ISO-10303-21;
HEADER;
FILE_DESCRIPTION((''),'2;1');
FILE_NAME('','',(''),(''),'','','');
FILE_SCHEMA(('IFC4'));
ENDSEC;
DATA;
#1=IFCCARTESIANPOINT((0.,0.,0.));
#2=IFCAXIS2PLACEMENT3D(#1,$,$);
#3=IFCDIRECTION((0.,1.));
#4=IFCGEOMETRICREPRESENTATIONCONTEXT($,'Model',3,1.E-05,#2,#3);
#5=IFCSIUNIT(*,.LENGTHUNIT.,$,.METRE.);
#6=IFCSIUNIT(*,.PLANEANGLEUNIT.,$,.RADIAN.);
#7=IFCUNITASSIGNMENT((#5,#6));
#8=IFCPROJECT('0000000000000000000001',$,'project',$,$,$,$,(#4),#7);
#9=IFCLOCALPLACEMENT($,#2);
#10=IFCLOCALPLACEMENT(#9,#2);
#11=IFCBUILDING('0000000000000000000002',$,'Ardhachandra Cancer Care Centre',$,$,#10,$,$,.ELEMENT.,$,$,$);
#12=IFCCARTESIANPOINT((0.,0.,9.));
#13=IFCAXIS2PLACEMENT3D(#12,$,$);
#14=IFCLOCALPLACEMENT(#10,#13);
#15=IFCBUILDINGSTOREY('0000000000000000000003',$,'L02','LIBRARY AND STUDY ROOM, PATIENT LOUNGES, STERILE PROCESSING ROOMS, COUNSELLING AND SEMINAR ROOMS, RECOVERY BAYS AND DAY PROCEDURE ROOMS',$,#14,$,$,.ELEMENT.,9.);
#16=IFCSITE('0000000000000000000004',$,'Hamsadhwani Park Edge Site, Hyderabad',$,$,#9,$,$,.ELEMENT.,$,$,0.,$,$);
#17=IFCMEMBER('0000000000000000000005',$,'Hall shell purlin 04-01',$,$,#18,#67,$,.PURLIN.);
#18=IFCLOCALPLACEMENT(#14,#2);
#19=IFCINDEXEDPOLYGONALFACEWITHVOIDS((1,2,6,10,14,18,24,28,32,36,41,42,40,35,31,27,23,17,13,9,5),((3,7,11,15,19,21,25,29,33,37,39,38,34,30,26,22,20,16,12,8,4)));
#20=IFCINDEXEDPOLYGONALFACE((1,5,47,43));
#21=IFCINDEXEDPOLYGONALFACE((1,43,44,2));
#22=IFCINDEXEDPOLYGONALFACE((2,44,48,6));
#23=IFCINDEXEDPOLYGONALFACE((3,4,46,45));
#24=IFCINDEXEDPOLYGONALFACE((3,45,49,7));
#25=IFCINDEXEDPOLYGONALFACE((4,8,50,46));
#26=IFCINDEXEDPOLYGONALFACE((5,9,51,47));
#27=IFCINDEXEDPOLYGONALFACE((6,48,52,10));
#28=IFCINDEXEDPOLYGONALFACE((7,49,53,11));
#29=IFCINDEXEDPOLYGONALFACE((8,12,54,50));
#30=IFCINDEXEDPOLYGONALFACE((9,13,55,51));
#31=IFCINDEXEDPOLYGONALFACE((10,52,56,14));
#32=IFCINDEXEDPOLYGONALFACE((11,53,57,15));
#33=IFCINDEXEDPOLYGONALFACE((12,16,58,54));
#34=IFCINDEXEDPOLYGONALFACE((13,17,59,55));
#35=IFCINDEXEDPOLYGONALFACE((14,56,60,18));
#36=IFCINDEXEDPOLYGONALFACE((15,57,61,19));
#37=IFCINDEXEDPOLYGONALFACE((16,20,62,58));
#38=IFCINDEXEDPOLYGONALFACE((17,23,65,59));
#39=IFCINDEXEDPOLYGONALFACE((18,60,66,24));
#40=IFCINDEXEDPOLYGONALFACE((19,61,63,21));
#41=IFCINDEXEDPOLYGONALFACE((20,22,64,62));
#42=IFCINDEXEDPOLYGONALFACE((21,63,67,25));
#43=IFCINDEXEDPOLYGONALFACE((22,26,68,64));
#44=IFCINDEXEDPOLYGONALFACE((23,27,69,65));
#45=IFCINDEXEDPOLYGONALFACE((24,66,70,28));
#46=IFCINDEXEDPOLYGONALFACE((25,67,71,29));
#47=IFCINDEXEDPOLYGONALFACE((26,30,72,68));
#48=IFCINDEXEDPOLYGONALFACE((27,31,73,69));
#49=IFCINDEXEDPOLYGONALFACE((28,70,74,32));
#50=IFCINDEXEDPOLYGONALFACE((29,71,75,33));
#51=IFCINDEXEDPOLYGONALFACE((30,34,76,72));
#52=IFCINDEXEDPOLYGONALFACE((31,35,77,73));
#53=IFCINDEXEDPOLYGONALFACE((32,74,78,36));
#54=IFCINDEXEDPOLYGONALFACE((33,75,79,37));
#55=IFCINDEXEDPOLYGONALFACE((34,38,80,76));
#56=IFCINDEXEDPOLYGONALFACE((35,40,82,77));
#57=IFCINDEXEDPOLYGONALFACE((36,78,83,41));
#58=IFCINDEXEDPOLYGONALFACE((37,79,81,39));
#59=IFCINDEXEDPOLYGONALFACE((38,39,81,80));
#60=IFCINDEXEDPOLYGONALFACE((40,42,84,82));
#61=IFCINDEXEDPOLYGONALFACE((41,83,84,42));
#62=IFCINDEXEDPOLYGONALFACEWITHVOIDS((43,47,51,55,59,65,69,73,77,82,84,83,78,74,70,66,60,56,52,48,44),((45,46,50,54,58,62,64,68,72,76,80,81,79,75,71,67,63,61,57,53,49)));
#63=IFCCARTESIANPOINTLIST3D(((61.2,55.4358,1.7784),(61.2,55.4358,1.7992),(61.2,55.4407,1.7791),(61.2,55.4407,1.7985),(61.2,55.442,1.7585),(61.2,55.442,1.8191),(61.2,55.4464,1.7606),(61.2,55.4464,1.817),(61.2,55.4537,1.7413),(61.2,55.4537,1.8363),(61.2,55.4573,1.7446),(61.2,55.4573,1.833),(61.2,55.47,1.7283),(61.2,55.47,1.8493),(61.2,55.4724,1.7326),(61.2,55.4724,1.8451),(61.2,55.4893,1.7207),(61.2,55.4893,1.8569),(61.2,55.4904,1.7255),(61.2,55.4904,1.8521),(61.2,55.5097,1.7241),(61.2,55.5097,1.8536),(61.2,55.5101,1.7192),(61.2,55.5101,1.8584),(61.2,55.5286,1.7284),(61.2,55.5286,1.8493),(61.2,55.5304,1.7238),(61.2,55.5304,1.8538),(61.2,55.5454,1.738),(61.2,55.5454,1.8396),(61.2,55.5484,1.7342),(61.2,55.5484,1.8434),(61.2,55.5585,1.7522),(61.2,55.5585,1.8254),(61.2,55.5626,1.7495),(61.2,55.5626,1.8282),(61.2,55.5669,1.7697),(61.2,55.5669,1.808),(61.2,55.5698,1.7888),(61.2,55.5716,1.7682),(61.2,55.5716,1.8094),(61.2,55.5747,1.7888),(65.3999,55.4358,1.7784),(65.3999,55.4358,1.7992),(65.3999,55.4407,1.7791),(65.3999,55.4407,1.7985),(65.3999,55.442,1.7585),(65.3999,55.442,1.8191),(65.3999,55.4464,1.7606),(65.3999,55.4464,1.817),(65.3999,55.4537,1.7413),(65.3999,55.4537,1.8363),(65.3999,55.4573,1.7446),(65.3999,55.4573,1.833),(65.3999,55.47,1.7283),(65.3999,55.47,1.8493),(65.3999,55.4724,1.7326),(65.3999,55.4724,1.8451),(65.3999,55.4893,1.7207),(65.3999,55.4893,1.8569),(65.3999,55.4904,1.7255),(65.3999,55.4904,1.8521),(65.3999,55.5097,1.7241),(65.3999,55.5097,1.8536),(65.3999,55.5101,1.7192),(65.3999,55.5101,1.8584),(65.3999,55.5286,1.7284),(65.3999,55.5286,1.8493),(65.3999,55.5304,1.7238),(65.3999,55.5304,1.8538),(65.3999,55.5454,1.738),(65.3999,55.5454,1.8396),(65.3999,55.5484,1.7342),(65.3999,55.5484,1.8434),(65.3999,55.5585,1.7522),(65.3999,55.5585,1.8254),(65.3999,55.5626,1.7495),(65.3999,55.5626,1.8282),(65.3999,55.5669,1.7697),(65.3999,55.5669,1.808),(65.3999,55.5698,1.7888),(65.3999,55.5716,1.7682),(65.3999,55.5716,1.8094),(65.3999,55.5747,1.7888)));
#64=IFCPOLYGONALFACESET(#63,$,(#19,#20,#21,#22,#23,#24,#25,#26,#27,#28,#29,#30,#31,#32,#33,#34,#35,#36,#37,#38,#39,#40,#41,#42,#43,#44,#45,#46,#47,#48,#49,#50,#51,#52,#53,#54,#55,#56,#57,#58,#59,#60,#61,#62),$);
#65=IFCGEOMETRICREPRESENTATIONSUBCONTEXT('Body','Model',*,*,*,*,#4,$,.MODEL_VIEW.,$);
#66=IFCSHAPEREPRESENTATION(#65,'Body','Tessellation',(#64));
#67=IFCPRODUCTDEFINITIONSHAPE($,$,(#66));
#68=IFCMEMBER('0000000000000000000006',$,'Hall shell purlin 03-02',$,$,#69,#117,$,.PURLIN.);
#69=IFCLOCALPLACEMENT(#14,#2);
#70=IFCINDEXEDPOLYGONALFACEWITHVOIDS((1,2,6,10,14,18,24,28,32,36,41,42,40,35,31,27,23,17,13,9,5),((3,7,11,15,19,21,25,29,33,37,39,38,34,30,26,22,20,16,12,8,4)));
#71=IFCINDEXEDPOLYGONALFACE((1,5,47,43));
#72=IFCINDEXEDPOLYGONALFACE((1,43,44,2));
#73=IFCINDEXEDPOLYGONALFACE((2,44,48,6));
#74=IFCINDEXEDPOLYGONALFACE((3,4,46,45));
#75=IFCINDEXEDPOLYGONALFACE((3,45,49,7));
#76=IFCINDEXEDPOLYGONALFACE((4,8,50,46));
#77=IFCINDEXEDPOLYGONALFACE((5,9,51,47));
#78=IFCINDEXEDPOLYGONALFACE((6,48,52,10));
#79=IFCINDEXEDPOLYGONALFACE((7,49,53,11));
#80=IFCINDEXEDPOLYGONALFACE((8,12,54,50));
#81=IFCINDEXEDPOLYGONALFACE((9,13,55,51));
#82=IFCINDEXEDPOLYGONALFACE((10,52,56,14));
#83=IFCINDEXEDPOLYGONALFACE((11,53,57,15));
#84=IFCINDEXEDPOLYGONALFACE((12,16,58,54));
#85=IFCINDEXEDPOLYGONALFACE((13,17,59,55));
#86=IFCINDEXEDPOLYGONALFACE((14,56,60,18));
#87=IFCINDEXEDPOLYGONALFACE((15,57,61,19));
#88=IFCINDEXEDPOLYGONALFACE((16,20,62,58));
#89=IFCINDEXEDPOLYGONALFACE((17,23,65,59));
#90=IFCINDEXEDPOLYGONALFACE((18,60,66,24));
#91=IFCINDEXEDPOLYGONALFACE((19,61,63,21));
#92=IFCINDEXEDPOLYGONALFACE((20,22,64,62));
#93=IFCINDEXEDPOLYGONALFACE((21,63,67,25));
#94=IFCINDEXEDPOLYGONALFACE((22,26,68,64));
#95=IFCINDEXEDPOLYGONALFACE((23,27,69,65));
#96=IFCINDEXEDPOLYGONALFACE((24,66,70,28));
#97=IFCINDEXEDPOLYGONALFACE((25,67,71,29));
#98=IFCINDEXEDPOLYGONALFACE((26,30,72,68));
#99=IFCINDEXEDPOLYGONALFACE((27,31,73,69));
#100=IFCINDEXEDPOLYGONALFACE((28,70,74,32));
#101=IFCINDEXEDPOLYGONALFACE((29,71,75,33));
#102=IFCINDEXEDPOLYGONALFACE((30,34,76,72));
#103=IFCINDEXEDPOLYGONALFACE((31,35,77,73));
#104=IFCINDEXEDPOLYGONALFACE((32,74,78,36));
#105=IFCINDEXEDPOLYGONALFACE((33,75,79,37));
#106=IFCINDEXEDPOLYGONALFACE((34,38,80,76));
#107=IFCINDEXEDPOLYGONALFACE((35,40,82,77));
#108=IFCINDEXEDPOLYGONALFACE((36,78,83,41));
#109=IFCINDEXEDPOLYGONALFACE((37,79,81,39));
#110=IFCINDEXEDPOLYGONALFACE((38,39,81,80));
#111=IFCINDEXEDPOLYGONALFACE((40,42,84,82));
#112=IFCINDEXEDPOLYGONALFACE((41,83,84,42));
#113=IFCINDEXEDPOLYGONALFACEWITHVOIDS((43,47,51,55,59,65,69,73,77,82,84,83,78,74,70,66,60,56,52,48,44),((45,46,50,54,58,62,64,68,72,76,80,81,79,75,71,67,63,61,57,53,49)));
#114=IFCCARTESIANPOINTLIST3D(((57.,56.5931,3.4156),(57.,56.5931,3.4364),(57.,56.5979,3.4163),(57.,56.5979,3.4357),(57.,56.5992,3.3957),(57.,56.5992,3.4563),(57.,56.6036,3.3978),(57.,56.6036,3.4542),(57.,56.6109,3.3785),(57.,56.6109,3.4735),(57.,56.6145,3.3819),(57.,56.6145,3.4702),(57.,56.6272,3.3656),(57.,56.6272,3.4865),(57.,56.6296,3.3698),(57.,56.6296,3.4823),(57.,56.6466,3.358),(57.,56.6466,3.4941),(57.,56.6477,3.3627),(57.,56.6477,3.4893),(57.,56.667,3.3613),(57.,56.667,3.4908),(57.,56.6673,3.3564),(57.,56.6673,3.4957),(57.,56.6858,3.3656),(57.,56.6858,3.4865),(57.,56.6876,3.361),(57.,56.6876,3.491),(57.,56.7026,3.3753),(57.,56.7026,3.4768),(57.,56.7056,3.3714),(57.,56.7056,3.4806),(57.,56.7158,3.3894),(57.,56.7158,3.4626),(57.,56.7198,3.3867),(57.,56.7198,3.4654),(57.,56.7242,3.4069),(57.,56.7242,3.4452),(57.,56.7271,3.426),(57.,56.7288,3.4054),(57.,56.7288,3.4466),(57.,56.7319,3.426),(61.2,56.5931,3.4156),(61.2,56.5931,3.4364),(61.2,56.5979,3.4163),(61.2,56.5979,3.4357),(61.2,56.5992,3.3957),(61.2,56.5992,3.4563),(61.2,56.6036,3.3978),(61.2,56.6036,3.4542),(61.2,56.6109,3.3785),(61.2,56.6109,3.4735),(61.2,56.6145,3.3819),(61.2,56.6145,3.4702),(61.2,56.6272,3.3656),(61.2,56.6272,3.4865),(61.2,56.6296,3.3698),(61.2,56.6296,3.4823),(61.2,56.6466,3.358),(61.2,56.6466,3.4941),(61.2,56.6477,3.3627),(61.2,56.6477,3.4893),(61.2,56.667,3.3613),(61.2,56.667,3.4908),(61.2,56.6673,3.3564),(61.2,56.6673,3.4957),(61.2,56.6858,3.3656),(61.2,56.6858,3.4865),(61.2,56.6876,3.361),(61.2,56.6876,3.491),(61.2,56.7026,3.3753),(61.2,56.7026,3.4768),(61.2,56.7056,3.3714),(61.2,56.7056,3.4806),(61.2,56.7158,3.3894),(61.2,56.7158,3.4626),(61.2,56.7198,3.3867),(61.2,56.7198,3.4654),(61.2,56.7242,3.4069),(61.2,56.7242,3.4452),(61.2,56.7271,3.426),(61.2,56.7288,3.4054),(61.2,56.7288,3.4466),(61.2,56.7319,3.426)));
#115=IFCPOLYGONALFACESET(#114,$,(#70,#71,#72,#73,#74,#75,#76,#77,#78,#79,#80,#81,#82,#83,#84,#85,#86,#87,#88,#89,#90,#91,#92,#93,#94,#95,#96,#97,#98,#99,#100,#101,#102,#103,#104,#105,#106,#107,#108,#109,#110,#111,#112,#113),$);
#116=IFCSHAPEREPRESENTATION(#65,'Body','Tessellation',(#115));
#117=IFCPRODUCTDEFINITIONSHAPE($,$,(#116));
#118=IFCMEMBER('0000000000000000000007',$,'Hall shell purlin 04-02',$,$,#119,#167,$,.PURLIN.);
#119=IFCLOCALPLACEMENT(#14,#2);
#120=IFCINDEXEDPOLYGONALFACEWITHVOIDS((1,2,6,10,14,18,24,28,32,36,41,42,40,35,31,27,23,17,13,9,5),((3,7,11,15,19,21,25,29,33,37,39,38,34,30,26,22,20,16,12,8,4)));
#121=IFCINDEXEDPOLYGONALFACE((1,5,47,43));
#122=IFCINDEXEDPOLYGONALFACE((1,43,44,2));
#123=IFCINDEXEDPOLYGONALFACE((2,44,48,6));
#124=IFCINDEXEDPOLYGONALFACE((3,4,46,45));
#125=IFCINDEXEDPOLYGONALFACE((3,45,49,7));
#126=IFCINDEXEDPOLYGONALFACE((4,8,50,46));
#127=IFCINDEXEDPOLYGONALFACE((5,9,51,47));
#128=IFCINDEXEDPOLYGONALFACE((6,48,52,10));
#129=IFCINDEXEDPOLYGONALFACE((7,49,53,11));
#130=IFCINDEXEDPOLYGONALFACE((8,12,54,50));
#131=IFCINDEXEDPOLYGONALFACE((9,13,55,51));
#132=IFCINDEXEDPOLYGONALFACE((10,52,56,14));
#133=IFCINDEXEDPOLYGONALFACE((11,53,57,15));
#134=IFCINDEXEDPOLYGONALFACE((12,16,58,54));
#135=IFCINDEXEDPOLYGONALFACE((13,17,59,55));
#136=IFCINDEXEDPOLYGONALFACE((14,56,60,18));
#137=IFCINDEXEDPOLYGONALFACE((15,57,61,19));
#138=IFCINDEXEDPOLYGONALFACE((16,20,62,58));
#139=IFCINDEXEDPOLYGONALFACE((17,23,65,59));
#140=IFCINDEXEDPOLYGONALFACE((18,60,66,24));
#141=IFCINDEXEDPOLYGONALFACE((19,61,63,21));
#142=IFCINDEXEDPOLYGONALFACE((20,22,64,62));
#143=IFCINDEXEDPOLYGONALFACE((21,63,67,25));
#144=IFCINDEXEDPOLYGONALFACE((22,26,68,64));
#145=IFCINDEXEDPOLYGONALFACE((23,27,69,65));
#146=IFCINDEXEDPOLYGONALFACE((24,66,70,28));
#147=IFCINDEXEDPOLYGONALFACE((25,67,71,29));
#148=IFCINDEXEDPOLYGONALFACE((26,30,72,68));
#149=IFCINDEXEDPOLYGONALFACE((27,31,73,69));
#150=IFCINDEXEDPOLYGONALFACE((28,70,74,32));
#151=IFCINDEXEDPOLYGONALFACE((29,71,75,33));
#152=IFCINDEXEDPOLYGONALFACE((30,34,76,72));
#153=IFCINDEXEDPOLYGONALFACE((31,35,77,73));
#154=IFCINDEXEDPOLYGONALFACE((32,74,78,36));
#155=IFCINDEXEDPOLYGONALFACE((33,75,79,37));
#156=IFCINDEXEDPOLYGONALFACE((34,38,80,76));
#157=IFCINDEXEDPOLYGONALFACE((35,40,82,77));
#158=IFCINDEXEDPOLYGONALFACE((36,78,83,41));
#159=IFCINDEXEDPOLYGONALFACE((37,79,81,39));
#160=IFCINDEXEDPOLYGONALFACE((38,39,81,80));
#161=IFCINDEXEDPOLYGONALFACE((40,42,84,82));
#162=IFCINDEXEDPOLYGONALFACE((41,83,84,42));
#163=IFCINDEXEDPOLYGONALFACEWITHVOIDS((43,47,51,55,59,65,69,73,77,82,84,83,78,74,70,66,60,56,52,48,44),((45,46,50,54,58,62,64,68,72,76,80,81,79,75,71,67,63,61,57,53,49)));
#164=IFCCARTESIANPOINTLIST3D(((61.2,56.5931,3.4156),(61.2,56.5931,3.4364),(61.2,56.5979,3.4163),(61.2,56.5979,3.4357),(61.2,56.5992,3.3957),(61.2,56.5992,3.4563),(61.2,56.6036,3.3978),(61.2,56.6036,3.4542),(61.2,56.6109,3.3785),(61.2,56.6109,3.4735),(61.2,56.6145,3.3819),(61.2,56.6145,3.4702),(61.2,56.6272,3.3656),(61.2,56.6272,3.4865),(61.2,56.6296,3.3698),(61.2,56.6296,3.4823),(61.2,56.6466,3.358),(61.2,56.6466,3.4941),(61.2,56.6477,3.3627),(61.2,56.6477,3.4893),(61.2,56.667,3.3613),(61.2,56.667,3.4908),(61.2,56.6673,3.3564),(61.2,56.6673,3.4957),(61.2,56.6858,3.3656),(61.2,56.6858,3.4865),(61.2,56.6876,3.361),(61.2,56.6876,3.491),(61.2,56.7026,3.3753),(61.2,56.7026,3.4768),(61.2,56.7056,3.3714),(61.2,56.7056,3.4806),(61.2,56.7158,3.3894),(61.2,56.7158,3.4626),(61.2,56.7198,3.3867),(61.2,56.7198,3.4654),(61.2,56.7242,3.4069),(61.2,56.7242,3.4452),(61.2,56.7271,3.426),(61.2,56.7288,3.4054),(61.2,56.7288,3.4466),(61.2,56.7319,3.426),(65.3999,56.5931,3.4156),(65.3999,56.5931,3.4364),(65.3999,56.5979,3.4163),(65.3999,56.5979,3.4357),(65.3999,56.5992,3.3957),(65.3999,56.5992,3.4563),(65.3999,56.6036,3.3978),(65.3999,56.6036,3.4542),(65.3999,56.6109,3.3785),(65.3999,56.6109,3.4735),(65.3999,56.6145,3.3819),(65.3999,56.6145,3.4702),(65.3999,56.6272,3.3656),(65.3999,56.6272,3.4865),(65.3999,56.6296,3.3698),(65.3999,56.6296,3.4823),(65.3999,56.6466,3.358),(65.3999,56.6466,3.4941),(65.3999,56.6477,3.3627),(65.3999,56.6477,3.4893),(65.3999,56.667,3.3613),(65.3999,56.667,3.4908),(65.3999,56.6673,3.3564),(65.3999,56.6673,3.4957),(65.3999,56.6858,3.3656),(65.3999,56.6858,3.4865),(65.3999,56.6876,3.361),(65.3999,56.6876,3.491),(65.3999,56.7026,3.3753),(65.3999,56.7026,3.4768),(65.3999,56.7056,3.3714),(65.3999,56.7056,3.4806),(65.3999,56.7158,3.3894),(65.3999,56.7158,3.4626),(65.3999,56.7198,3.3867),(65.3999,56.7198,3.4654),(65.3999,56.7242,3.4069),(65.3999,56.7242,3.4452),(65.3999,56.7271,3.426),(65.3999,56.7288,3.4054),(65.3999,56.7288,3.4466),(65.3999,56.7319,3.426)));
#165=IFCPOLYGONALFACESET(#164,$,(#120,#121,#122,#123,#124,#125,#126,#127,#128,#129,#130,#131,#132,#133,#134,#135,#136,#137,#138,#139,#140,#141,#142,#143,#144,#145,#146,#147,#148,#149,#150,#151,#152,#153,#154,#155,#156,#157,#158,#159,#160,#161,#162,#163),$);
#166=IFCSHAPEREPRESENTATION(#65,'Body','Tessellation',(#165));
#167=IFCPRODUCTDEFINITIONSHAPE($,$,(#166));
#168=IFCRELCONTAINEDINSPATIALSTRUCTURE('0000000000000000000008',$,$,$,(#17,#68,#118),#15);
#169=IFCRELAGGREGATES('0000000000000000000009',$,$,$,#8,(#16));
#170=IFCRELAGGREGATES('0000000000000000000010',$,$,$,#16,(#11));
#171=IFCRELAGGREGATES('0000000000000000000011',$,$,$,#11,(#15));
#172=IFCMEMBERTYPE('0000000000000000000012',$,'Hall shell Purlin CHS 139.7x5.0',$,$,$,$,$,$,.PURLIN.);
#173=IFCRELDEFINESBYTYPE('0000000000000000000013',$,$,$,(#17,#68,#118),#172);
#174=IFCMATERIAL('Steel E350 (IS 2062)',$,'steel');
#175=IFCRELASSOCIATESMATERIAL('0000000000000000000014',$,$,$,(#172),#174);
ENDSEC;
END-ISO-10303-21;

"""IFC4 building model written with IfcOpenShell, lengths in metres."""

from ifc_helpers import new_model, si_unit, direction, frame, origin, origin_2d, place, context, subcontext, project, spatial, hollow_circle, extrude, material, material_profile, profile_set, type_object, element, save


model = new_model("IFC4")

# Units and contexts
model_context = context("Model", 3, precision=1e-05, world=origin(), true_north=direction((0.0, 1.0)))
body_context = subcontext(model_context, "Body", "Model", "MODEL_VIEW")
ifc_project = project(units=[si_unit("LENGTHUNIT", "METRE"), si_unit("PLANEANGLEUNIT", "RADIAN")], contexts=[model_context])

# Site, building, storey
site_placement = place(None, origin())
site = spatial("IfcSite", under=ifc_project, at=site_placement, Name="Hamsadhwani Park Edge Site, Hyderabad", CompositionType="ELEMENT", RefElevation=0.0)
building_placement = place(site_placement, origin())
building = spatial("IfcBuilding", under=site, at=building_placement, Name="Ardhachandra Cancer Care Centre", CompositionType="ELEMENT")
storey_placement = place(building_placement, frame((0.0, 0.0, 9.0)))
storey = spatial("IfcBuildingStorey", under=building, at=storey_placement, Name="L02", Description="LIBRARY AND STUDY ROOM, PATIENT LOUNGES, STERILE PROCESSING ROOMS, COUNSELLING AND SEMINAR ROOMS, RECOVERY BAYS AND DAY PROCEDURE ROOMS", CompositionType="ELEMENT", Elevation=9.0)

# Members
ifc_material_1 = material(Name="Steel E350 (IS 2062)", Category="steel")
ifc_material_profile_1 = material_profile(ifc_material_1, hollow_circle(Radius=0.0698, WallThickness=0.0049, at=origin_2d()), Name="CHS 139.7x5.0")
ifc_profile_set_1 = profile_set([ifc_material_profile_1], Name="Steel E350 (IS 2062)")
member_type_1 = type_object("IfcMemberType", Name="Hall shell Purlin CHS 139.7x5.0", PredefinedType="PURLIN", material=ifc_profile_set_1)
for number, where, z_axis, x_axis, name in (
    (1, (61.2, 55.5049, 1.7888), (1.0, 0.0, 0.0), (0.0, 1.0, 0.0), "Hall shell purlin 04-01"),
    (2, (57.0, 56.6621, 3.426), (1.0, 0.0, 0.0), (0.0, 1.0, 0.0), "Hall shell purlin 03-02"),
    (3, (61.2, 56.6621, 3.426), (1.0, 0.0, 0.0), (0.0, 1.0, 0.0), "Hall shell purlin 04-02"),
):
    element("IfcMember", number, at=place(storey_placement, frame(where, z_axis=z_axis, x_axis=x_axis)), inside=storey, type_object=member_type_1, Name=name, PredefinedType="PURLIN", context=body_context, shape_type="SweptSolid", body=[
        extrude(hollow_circle(Radius=0.0698, WallThickness=0.0049, at=origin_2d()), origin(), (0.0, 0.0, 1.0), 4.2),
    ])

save(model, "model.ifc")
